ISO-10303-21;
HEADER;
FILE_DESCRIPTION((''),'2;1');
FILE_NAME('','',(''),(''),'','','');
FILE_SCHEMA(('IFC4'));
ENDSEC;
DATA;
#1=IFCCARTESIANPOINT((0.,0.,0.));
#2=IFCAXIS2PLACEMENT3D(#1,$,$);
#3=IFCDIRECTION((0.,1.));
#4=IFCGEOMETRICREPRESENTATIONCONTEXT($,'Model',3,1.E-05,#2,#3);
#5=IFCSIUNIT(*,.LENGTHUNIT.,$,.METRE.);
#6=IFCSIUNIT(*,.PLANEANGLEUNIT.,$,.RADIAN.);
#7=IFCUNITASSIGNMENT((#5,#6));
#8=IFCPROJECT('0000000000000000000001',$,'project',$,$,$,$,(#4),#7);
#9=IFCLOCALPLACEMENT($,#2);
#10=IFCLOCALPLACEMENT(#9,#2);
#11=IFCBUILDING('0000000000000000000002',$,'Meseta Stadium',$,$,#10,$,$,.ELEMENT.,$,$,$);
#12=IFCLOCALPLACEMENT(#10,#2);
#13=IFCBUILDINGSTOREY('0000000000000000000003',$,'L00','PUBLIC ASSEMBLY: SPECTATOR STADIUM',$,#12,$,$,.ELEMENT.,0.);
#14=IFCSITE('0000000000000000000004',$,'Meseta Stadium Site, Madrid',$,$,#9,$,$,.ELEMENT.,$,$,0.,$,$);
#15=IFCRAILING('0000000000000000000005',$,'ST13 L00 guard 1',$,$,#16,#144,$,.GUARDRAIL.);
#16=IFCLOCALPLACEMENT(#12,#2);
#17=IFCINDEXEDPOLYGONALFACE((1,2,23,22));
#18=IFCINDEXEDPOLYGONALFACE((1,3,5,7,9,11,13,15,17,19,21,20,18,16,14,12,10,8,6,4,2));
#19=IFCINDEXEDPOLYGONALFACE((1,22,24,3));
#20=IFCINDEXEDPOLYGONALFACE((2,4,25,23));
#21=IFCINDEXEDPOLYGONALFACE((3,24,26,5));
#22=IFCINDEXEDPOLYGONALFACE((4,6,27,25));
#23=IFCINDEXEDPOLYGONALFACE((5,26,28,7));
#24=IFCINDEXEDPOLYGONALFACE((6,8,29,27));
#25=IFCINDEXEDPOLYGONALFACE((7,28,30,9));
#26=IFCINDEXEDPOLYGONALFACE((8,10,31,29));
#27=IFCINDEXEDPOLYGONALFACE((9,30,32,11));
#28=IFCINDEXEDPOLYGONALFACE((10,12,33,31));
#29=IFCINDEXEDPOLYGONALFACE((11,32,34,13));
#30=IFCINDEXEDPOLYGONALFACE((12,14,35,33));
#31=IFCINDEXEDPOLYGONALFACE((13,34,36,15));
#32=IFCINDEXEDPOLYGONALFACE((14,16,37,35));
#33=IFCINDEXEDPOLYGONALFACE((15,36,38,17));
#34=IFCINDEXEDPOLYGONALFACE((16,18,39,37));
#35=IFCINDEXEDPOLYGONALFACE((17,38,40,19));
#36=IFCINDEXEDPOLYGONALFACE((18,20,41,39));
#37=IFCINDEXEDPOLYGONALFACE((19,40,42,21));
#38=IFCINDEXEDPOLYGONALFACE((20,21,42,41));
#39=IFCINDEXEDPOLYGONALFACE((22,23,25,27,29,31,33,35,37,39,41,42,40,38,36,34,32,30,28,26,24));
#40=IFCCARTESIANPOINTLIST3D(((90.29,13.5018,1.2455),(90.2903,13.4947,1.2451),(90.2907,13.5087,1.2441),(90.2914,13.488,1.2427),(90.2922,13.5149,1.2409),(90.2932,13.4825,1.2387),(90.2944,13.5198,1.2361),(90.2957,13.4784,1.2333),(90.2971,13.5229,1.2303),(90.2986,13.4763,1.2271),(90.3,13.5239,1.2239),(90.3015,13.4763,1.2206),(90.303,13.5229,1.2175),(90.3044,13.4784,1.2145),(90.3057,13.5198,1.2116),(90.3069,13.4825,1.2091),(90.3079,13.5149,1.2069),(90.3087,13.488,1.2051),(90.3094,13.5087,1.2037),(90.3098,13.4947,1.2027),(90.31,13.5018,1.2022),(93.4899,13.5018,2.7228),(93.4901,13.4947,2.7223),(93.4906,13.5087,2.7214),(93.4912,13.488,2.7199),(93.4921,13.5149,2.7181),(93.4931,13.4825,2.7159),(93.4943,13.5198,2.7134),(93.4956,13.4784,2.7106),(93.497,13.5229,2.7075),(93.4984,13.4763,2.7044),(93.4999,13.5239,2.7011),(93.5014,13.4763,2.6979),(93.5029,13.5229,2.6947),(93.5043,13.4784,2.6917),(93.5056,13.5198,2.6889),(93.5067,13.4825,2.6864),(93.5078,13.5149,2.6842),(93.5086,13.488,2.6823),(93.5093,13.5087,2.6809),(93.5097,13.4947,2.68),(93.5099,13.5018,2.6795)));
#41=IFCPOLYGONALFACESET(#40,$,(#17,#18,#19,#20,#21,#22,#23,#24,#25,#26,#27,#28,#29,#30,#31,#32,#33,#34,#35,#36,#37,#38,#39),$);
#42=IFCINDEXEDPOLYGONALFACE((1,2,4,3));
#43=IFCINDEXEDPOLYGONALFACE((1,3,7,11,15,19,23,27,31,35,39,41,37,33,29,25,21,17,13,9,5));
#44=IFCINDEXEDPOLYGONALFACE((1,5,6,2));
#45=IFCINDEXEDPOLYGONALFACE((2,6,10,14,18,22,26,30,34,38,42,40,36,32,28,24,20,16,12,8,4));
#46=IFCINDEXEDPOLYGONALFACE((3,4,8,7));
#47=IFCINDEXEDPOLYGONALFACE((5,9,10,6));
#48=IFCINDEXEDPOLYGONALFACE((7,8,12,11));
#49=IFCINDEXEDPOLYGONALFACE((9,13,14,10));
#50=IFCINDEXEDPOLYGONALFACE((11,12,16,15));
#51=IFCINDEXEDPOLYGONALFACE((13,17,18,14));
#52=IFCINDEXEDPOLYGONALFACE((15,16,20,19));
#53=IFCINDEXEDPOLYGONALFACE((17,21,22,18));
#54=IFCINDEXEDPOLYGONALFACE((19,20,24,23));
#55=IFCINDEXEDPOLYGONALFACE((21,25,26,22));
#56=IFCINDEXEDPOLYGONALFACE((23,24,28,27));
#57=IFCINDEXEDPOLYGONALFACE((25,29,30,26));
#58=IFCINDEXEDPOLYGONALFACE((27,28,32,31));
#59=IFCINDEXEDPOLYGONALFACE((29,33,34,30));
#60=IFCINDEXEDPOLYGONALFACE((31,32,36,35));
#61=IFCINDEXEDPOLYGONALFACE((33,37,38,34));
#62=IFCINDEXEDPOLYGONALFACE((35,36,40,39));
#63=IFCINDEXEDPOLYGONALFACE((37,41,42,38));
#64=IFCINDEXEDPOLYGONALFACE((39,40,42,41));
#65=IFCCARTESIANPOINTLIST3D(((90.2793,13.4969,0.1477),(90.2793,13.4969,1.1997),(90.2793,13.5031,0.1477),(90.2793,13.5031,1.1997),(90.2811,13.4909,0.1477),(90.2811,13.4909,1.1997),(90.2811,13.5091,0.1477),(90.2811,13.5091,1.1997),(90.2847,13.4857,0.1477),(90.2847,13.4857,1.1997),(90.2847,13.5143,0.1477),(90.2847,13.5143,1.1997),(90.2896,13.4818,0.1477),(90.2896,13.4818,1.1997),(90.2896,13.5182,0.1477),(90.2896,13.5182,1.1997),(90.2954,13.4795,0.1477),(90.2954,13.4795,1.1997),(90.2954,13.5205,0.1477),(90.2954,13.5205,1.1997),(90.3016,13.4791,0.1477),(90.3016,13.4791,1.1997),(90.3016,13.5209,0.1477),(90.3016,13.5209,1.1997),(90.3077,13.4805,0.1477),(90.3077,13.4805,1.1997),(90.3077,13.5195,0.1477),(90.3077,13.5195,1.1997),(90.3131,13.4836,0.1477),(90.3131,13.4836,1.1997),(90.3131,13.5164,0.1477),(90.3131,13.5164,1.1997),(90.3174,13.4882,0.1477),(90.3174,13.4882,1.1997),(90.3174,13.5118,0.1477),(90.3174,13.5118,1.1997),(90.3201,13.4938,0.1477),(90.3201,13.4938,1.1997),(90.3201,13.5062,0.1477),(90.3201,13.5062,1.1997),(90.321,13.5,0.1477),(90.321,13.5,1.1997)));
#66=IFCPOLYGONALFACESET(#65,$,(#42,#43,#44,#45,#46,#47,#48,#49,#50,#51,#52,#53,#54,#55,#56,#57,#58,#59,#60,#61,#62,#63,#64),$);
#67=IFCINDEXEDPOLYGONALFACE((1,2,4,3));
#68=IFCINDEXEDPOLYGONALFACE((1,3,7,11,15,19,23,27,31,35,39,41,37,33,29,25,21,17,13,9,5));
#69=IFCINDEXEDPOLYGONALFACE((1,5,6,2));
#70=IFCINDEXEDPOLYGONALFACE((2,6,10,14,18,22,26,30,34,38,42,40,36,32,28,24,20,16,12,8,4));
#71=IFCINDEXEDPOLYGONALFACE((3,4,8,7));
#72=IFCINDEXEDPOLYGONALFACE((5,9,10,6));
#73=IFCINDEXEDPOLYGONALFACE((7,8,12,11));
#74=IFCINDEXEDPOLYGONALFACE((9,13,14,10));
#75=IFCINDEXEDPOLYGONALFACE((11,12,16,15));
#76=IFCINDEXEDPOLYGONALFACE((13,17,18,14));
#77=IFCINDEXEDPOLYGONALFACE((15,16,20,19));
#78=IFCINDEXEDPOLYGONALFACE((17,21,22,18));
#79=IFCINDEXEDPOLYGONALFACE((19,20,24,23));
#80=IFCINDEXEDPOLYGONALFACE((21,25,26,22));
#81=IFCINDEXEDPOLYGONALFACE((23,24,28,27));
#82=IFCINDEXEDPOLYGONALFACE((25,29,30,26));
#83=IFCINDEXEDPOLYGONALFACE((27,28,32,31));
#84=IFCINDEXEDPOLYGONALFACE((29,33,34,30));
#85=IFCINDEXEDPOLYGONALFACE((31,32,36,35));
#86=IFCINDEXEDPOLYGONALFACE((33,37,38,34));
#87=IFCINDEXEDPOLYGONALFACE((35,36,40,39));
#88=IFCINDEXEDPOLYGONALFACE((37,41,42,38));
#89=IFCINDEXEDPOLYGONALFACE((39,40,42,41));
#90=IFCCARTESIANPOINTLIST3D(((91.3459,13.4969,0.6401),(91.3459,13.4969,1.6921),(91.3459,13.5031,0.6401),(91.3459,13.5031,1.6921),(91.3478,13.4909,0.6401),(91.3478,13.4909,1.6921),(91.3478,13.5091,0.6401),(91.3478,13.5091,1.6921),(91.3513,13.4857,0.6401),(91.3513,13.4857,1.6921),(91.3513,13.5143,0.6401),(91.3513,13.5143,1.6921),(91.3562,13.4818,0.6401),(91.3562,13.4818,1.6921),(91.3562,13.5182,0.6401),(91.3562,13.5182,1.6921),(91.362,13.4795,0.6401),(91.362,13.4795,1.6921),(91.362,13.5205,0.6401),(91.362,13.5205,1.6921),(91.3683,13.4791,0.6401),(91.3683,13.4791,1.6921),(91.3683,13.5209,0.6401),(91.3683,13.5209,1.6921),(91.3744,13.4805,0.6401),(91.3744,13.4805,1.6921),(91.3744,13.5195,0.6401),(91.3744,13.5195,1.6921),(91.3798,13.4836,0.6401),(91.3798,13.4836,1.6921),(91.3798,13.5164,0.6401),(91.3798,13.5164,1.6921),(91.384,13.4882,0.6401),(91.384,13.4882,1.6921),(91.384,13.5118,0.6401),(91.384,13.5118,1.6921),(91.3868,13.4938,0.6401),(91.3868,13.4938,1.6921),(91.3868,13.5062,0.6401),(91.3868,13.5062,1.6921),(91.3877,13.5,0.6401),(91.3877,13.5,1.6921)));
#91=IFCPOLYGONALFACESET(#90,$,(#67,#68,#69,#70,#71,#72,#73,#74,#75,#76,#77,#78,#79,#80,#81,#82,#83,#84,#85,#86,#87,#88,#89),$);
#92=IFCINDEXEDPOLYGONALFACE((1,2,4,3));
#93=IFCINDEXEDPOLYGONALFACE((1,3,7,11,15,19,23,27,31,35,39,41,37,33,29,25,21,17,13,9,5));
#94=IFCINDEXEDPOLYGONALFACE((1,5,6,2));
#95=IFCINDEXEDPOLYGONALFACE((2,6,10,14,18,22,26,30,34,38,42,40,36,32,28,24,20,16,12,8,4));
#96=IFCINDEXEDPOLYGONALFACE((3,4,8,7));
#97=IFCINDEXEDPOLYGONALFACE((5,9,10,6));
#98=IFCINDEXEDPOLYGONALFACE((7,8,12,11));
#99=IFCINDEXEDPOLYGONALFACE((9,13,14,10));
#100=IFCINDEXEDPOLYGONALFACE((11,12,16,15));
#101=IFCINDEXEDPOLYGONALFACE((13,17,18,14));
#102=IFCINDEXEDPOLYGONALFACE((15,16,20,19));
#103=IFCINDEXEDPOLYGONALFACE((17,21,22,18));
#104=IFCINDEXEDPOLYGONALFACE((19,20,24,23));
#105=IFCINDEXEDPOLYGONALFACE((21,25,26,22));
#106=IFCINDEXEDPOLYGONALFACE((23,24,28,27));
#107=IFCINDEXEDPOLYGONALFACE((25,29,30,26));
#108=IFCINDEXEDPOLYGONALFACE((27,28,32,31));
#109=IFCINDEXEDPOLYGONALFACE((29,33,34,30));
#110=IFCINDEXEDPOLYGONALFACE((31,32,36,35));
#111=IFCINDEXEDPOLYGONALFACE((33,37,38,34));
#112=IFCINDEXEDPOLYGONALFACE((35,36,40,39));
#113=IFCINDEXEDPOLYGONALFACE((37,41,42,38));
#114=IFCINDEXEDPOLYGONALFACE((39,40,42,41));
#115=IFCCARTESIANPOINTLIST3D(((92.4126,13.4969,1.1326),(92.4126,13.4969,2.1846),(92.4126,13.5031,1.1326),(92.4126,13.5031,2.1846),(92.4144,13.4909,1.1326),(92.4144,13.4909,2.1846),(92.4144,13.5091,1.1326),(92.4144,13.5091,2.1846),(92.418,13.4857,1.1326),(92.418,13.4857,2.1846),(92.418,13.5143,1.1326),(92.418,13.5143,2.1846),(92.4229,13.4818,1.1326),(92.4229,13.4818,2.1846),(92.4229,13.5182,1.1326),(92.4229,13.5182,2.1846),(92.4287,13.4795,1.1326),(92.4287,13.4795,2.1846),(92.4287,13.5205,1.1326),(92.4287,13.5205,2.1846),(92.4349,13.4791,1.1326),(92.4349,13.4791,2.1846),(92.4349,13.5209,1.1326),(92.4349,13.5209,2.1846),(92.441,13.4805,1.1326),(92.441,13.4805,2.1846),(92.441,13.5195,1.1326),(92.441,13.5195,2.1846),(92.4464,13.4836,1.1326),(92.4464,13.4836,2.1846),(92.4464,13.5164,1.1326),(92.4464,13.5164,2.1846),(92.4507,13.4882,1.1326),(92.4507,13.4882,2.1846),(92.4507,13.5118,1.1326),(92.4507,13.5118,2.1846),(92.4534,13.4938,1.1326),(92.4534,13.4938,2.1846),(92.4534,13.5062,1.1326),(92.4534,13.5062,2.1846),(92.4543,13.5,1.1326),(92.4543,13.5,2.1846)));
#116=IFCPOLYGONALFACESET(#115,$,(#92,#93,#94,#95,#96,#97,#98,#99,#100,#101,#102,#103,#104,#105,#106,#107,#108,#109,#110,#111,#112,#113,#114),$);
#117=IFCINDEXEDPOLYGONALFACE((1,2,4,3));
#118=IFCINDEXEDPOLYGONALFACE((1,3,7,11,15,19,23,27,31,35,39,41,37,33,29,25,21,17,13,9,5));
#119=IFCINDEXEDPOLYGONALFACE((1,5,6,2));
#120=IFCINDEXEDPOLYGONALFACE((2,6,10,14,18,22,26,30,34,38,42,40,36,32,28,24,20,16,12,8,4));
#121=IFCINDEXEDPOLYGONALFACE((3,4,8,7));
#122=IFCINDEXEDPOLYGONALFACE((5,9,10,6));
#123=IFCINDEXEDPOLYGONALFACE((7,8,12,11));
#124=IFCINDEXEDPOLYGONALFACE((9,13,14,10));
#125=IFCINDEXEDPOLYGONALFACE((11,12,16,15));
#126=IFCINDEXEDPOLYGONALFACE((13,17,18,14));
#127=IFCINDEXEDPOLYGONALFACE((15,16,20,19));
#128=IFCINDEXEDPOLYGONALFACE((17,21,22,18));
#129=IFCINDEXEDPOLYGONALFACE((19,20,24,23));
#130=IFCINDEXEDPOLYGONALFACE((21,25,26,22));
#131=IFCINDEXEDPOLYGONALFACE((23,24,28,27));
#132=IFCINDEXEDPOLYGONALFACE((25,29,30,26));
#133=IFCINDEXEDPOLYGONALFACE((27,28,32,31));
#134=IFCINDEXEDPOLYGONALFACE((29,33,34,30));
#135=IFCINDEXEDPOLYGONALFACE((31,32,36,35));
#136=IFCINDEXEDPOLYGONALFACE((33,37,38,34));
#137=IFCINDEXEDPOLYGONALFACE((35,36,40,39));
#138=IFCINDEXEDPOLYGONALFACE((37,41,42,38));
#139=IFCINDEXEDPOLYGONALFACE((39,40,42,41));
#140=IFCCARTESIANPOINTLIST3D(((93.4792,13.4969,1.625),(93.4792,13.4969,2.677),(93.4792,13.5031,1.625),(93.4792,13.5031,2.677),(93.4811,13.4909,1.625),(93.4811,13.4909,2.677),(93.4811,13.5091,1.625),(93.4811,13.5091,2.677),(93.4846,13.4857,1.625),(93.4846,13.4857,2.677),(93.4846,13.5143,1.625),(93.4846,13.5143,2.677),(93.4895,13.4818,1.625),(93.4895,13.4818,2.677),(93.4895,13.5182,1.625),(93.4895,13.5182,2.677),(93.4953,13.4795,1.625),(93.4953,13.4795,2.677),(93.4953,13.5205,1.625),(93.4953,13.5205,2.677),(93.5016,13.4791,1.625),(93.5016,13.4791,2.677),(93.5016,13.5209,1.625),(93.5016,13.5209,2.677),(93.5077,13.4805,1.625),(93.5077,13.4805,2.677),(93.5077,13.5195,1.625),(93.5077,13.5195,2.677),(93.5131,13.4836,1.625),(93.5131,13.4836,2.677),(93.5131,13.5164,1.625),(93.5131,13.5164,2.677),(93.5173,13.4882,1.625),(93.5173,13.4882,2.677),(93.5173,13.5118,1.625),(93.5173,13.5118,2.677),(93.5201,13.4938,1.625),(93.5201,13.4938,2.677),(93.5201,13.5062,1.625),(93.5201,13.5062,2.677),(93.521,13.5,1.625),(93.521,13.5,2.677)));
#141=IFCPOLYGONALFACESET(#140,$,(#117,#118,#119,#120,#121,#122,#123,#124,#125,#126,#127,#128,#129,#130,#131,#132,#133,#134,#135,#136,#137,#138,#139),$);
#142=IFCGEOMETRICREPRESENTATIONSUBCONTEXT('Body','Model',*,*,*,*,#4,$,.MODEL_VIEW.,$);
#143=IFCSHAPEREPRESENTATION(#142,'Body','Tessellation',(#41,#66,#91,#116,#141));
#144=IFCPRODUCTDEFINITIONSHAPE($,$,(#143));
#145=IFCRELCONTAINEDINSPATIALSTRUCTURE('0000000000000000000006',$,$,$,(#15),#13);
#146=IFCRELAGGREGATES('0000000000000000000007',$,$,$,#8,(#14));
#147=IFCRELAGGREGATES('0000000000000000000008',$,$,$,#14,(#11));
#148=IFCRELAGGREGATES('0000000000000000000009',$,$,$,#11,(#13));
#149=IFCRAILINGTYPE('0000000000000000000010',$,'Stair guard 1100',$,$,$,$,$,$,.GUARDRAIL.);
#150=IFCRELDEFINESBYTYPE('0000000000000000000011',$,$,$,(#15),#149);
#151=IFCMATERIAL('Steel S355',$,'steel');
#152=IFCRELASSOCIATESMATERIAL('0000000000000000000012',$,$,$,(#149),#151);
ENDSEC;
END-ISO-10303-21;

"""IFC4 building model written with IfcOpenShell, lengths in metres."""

from ifc_helpers import new_model, si_unit, direction, frame, origin, origin_2d, place, context, subcontext, project, spatial, circle, extrude, material, type_object, element, save


model = new_model("IFC4")

# Units and contexts
model_context = context("Model", 3, precision=1e-05, world=origin(), true_north=direction((0.0, 1.0)))
body_context = subcontext(model_context, "Body", "Model", "MODEL_VIEW")
ifc_project = project(units=[si_unit("LENGTHUNIT", "METRE"), si_unit("PLANEANGLEUNIT", "RADIAN")], contexts=[model_context])

# Site, building, storey
site_placement = place(None, origin())
site = spatial("IfcSite", under=ifc_project, at=site_placement, Name="Meseta Stadium Site, Madrid", CompositionType="ELEMENT", RefElevation=0.0)
building_placement = place(site_placement, origin())
building = spatial("IfcBuilding", under=site, at=building_placement, Name="Meseta Stadium", CompositionType="ELEMENT")
storey_placement = place(building_placement, origin())
storey = spatial("IfcBuildingStorey", under=building, at=storey_placement, Name="L00", Description="PUBLIC ASSEMBLY: SPECTATOR STADIUM", CompositionType="ELEMENT", Elevation=0.0)

# Railing
ifc_material_1 = material(Name="Steel S355", Category="steel")
railing_type_1 = type_object("IfcRailingType", Name="Stair guard 1100", PredefinedType="GUARDRAIL", material=ifc_material_1)
railing_1_placement = place(storey_placement, frame((90.3, 13.5, 0.1477)))
element("IfcRailing", 1, at=railing_1_placement, inside=storey, type_object=railing_type_1, Name="ST13 L00 guard 1", PredefinedType="GUARDRAIL", context=body_context, shape_type="SweptSolid", body=[
    extrude(circle(Radius=0.0239, at=origin_2d()), frame((0.0, 0.0, 1.0762), z_axis=(0.907917, 0.0, 0.41915), x_axis=(0.0, 1.0, 0.0)), (0.0, 0.0, 1.0), 3.5244),
    extrude(circle(Radius=0.021, at=origin_2d()), origin(), (0.0, 0.0, 1.0), 1.052),
    extrude(circle(Radius=0.021, at=origin_2d()), frame((1.0667, 0.0, 0.4924)), (0.0, 0.0, 1.0), 1.052),
    extrude(circle(Radius=0.021, at=origin_2d()), frame((2.1333, 0.0, 0.9849)), (0.0, 0.0, 1.0), 1.052),
    extrude(circle(Radius=0.021, at=origin_2d()), frame((3.2, 0.0, 1.4773)), (0.0, 0.0, 1.0), 1.052),
])

save(model, "model.ifc")
